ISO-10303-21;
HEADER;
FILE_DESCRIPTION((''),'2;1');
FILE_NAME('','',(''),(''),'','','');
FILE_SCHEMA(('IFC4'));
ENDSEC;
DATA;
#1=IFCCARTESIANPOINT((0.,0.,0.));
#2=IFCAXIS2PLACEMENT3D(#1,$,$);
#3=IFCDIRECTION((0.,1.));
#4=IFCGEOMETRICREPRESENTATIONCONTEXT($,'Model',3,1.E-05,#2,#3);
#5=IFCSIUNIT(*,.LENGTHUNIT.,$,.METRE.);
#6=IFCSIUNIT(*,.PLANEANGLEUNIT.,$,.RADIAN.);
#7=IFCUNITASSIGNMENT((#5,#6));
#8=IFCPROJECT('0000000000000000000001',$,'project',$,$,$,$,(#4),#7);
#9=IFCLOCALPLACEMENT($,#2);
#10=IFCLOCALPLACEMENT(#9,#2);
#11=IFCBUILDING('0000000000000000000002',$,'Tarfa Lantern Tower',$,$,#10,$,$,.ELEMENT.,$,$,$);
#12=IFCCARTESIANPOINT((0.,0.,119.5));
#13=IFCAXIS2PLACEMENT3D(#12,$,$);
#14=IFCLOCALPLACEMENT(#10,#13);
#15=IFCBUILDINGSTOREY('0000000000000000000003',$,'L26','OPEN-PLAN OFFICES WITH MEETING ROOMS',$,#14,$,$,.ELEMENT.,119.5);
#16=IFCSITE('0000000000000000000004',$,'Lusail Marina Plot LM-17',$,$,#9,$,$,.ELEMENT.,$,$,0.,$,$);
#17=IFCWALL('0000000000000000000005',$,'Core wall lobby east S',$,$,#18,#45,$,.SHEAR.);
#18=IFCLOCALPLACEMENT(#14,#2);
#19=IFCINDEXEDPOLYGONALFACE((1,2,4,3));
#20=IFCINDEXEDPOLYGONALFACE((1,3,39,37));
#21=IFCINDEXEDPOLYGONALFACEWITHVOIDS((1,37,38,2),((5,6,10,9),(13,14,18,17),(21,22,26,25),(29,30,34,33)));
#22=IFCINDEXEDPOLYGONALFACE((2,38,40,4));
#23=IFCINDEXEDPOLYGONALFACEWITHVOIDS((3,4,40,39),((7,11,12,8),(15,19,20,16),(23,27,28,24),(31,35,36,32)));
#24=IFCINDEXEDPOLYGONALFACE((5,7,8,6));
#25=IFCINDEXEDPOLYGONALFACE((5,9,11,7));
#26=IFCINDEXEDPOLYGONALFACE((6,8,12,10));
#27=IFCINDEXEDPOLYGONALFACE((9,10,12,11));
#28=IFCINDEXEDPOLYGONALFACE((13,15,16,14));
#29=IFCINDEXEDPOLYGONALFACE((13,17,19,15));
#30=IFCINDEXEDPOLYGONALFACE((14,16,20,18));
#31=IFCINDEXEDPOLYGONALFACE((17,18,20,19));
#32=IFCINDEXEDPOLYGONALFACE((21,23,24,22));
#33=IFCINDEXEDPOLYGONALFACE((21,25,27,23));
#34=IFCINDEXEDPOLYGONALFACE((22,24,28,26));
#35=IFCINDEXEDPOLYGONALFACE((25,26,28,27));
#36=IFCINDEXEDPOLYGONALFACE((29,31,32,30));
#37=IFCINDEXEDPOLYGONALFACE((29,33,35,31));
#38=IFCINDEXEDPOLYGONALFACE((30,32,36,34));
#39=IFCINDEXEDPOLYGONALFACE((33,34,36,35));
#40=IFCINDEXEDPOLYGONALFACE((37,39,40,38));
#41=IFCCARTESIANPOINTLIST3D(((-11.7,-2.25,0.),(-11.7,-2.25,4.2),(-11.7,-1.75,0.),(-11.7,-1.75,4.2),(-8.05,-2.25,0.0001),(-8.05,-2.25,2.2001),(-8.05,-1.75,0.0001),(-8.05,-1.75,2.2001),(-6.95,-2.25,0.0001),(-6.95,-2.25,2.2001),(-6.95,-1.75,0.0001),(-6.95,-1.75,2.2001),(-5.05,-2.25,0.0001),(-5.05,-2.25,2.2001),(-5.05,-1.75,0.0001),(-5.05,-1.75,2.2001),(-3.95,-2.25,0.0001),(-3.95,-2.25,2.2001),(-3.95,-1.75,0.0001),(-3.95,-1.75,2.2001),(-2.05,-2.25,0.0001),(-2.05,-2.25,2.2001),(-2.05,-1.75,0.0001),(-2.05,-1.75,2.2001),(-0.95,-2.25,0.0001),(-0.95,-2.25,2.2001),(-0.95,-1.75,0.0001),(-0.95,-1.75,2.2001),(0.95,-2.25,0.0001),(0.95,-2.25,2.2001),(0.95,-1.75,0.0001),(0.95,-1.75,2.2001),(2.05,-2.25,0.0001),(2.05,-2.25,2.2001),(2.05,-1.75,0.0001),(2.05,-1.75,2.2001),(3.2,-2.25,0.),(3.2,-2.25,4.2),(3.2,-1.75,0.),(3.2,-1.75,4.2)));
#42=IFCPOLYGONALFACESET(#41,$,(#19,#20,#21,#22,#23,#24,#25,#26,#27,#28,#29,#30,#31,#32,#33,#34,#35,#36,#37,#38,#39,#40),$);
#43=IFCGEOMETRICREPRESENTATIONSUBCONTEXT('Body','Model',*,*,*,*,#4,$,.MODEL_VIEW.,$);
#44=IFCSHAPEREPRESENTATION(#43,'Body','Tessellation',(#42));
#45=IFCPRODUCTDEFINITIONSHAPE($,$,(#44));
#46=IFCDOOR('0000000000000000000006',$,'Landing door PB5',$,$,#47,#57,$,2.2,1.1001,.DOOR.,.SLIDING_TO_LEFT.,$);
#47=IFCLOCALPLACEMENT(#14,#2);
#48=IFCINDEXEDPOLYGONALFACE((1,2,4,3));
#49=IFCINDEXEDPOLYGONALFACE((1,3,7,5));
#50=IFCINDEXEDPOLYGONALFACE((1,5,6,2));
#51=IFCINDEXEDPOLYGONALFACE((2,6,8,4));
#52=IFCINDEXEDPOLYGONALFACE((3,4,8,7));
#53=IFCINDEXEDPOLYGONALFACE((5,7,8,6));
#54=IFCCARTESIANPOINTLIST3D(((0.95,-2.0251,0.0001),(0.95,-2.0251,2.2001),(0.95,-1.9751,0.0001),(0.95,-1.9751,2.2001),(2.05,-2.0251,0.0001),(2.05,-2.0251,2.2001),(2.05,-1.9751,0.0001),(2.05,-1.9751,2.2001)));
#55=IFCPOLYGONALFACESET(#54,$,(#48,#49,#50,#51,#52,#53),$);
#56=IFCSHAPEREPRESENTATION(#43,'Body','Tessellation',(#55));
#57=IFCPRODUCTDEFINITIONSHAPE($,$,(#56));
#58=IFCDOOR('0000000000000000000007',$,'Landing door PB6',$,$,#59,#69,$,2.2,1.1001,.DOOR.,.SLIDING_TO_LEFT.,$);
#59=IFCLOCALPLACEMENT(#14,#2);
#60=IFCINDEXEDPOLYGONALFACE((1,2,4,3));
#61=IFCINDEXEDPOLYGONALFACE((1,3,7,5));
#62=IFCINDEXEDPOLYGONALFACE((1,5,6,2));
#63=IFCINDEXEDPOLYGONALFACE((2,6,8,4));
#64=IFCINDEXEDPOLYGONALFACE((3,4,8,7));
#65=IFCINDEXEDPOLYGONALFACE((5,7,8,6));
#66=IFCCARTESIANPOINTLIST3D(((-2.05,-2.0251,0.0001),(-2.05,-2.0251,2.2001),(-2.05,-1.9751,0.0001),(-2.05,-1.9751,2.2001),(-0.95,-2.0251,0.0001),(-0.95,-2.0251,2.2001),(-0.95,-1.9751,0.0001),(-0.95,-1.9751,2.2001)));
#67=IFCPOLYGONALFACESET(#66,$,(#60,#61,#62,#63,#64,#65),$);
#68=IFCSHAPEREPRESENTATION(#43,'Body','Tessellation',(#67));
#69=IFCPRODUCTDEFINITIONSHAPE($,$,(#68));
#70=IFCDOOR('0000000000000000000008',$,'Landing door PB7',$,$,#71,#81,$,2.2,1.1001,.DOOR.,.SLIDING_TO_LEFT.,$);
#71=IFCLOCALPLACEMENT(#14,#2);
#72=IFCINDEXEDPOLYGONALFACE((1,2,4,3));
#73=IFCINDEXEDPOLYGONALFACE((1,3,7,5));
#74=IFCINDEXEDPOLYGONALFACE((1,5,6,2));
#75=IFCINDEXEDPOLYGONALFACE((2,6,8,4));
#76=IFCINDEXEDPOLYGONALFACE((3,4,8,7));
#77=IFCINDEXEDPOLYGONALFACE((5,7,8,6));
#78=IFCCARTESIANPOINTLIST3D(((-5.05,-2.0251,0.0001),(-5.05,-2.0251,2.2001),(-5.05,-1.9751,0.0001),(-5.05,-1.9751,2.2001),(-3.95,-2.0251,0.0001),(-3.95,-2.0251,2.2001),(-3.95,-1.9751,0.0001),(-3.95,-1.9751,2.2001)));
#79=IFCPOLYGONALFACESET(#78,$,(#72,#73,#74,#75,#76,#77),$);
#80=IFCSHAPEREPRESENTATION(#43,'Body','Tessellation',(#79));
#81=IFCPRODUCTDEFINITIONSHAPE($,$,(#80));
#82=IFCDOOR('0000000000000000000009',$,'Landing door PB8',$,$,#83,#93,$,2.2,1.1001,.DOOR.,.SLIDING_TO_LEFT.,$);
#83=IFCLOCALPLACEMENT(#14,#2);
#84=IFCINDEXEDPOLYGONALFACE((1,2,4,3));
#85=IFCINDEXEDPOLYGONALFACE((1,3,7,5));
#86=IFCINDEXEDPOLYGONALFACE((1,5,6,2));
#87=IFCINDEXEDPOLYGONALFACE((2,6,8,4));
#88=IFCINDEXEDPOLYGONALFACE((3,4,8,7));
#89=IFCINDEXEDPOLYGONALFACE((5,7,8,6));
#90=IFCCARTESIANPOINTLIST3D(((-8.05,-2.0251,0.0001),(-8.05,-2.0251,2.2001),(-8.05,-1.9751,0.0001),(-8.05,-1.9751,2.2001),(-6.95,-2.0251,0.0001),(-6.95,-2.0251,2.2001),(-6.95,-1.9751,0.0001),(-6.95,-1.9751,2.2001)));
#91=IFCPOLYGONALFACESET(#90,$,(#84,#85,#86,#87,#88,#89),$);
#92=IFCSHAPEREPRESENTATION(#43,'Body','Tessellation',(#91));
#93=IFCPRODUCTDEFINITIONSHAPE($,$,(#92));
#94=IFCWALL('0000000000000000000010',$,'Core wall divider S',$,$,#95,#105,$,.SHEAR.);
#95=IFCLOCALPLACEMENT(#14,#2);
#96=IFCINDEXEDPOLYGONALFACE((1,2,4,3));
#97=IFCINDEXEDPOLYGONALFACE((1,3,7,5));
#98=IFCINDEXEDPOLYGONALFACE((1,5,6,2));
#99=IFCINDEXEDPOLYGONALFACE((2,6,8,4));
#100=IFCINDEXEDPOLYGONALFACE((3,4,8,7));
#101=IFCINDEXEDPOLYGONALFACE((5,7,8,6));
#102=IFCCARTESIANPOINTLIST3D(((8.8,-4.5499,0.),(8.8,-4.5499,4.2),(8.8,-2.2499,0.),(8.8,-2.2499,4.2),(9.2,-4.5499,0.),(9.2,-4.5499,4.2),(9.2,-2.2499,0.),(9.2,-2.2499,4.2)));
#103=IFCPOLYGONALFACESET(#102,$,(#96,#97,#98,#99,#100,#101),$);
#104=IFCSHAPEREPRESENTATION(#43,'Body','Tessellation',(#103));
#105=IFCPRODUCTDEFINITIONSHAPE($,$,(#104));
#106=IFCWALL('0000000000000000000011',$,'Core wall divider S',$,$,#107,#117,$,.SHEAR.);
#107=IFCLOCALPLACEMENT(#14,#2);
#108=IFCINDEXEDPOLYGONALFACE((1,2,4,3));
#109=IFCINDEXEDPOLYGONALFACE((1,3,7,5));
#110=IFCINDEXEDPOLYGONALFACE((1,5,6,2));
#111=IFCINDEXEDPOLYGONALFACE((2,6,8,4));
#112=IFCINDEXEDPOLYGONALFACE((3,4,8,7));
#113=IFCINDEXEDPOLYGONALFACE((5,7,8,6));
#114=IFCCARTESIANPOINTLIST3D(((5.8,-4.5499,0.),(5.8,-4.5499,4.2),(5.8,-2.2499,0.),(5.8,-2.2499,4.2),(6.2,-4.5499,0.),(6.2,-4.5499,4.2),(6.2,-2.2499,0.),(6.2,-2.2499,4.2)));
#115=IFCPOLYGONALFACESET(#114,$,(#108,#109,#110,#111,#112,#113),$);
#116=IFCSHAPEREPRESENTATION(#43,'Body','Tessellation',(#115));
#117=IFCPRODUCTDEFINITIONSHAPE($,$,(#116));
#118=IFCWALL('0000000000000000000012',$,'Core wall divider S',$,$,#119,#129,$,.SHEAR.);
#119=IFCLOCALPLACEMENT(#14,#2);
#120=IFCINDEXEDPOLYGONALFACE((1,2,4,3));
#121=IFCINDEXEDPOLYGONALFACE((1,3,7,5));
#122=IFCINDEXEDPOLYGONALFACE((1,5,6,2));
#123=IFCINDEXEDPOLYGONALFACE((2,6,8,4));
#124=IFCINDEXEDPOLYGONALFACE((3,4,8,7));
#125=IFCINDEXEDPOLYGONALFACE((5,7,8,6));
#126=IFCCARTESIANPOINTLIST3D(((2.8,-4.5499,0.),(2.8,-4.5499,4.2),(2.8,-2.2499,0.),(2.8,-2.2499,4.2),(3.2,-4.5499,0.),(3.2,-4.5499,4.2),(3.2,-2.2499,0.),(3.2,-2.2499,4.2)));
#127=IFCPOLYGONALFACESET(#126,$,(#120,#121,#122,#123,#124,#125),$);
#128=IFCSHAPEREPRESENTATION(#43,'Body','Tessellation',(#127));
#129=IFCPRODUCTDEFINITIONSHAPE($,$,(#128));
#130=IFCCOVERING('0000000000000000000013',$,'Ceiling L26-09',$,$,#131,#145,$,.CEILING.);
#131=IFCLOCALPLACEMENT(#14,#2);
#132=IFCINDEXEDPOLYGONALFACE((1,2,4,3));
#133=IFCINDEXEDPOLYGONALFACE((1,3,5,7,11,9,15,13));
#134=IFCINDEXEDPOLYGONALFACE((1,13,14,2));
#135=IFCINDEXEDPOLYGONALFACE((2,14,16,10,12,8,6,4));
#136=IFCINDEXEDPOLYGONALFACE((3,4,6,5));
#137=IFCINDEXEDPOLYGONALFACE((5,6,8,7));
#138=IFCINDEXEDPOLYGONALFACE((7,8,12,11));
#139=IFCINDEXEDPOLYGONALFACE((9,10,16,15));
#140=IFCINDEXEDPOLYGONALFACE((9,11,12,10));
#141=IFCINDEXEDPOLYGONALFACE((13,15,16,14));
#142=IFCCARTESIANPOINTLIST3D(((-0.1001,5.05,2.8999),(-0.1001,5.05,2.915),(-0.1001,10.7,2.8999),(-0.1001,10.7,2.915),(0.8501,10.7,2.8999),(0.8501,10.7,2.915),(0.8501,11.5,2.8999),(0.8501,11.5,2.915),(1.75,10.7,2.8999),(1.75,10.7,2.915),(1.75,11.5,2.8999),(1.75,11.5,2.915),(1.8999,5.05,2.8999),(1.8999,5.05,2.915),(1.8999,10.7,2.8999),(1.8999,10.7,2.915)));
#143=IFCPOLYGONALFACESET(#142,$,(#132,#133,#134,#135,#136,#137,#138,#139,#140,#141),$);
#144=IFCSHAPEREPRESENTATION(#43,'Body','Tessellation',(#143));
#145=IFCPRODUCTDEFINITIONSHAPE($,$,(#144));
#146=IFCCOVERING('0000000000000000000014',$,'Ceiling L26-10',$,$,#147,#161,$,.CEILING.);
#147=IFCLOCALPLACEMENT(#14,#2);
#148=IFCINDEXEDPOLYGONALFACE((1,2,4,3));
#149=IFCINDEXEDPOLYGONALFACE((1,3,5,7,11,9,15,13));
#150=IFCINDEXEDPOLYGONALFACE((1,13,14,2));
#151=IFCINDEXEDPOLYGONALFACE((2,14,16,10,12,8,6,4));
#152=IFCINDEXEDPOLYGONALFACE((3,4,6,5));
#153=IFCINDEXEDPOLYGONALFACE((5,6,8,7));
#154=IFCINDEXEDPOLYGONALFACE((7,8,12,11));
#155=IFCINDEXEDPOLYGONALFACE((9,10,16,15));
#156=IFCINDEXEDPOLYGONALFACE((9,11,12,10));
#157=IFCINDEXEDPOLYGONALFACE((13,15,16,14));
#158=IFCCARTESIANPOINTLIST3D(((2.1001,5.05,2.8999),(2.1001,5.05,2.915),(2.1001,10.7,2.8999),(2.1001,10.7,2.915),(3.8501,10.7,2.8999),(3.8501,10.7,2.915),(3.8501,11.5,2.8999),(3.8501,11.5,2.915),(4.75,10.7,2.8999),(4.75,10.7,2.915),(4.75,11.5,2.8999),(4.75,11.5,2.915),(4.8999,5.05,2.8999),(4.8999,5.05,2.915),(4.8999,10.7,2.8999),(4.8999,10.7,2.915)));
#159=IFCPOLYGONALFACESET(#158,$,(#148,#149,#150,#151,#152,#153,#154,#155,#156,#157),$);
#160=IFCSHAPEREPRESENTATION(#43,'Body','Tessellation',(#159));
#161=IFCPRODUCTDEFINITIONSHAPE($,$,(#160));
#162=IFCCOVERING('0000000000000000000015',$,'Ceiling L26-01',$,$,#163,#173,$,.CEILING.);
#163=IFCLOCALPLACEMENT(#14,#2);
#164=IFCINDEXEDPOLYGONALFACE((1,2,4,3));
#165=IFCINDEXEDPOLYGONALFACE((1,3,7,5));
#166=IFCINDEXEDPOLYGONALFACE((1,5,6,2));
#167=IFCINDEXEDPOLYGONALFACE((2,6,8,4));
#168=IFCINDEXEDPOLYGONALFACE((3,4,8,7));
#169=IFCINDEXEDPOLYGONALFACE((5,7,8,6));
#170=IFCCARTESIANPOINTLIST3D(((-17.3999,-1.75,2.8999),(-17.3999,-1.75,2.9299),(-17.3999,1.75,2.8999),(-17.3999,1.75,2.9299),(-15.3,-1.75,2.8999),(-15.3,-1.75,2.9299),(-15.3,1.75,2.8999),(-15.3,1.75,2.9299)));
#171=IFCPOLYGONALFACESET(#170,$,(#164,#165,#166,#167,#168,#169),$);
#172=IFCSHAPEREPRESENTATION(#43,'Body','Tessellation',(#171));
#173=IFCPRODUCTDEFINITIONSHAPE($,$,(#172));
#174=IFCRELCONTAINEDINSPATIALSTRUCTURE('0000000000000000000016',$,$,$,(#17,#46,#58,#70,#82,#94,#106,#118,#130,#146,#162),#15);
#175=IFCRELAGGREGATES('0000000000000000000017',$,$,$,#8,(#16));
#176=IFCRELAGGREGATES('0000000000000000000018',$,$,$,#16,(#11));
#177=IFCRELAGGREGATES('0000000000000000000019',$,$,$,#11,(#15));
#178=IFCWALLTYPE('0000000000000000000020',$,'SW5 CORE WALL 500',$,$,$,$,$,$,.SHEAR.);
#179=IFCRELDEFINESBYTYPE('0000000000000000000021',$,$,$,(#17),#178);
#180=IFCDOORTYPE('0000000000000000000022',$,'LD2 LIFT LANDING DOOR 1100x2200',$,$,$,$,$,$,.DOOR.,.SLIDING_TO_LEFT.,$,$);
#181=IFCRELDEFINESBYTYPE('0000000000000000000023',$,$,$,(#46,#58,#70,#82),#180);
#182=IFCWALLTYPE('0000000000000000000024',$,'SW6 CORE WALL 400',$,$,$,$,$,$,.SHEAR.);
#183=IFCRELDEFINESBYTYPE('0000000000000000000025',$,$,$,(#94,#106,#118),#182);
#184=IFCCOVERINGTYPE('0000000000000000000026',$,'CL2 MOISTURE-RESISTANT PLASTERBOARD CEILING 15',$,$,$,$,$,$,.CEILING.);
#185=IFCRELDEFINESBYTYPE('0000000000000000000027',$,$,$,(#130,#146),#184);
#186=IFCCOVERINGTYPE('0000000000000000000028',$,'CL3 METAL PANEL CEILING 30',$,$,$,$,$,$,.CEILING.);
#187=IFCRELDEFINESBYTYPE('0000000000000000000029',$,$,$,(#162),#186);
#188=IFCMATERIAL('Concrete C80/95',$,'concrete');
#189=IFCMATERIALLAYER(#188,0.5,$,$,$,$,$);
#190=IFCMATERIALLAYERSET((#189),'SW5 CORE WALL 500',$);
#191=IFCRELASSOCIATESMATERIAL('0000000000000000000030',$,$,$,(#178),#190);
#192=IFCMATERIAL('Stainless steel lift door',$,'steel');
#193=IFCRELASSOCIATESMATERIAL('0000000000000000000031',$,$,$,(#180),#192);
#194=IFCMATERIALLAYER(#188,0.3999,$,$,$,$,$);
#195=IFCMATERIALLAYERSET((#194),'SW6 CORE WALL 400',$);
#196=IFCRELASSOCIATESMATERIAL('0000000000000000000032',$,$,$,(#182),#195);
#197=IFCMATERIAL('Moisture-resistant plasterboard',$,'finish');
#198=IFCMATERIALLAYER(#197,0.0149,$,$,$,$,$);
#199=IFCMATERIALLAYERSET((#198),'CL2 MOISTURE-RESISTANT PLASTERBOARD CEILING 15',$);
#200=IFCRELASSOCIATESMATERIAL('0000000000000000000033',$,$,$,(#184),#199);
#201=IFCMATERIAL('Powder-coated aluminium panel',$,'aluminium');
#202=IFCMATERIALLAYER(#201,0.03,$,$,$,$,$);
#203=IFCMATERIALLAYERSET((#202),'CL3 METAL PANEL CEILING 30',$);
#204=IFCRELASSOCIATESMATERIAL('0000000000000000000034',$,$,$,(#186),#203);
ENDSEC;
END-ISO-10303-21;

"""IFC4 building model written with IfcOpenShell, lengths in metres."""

from ifc_helpers import new_model, si_unit, direction, frame, frame_2d, origin, place, context, subcontext, project, spatial, polyline, rectangle, outline, extrude, material, layer, layer_set, type_object, element, fill, save


model = new_model("IFC4")

# Units and contexts
model_context = context("Model", 3, precision=1e-05, world=origin(), true_north=direction((0.0, 1.0)))
body_context = subcontext(model_context, "Body", "Model", "MODEL_VIEW")
ifc_project = project(units=[si_unit("LENGTHUNIT", "METRE"), si_unit("PLANEANGLEUNIT", "RADIAN")], contexts=[model_context])

# Site, building, storey
site_placement = place(None, origin())
site = spatial("IfcSite", under=ifc_project, at=site_placement, Name="Lusail Marina Plot LM-17", CompositionType="ELEMENT", RefElevation=0.0)
building_placement = place(site_placement, origin())
building = spatial("IfcBuilding", under=site, at=building_placement, Name="Tarfa Lantern Tower", CompositionType="ELEMENT")
storey_placement = place(building_placement, frame((0.0, 0.0, 119.5)))
storey = spatial("IfcBuildingStorey", under=building, at=storey_placement, Name="L26", Description="OPEN-PLAN OFFICES WITH MEETING ROOMS", CompositionType="ELEMENT", Elevation=119.5)

# Shared definitions
ifc_material_1 = material(Name="Concrete C80/95", Category="concrete")

# Wall, openings, doors
ifc_layer_1 = layer(ifc_material_1, 0.5)
ifc_layer_set_1 = layer_set([ifc_layer_1], Name="SW5 CORE WALL 500")
wall_type_1 = type_object("IfcWallType", Name="SW5 CORE WALL 500", PredefinedType="SHEAR", material=ifc_layer_set_1)
wall_1_placement = place(storey_placement, frame((3.2, -2.0, 0.0), z_axis=(0.0, 0.0, 1.0), x_axis=(-1.0, 0.0, 0.0)))
wall_1 = element("IfcWall", 1, at=wall_1_placement, inside=storey, type_object=wall_type_1, Name="Core wall lobby east S", PredefinedType="SHEAR", context=body_context, shape_type="SweptSolid", body=[
    extrude(rectangle(XDim=14.8999, YDim=0.5, at=frame_2d((7.45, 0.0))), origin(), (0.0, 0.0, 1.0), 4.2),
])
opening_1_placement = place(wall_1_placement, frame((1.1499, 0.0, 0.0)))
opening_1 = element("IfcOpeningElement", 2, at=opening_1_placement, cuts=wall_1, PredefinedType="OPENING", context=body_context, shape_type="SweptSolid", body=[
    extrude(rectangle(XDim=1.1001, YDim=2.2, at=frame_2d((0.55, 1.1001))), frame((0.0, 0.26, 0.0), z_axis=(0.0, -1.0, 0.0), x_axis=(1.0, 0.0, 0.0)), (0.0, 0.0, 1.0), 0.52),
])
opening_2_placement = place(wall_1_placement, frame((4.1499, 0.0, 0.0)))
opening_2 = element("IfcOpeningElement", 3, at=opening_2_placement, cuts=wall_1, PredefinedType="OPENING", context=body_context, shape_type="SweptSolid", body=[
    extrude(rectangle(XDim=1.1001, YDim=2.2, at=frame_2d((0.55, 1.1001))), frame((0.0, 0.26, 0.0), z_axis=(0.0, -1.0, 0.0), x_axis=(1.0, 0.0, 0.0)), (0.0, 0.0, 1.0), 0.52),
])
opening_3_placement = place(wall_1_placement, frame((7.1499, 0.0, 0.0)))
opening_3 = element("IfcOpeningElement", 4, at=opening_3_placement, cuts=wall_1, PredefinedType="OPENING", context=body_context, shape_type="SweptSolid", body=[
    extrude(rectangle(XDim=1.1001, YDim=2.2, at=frame_2d((0.55, 1.1001))), frame((0.0, 0.26, 0.0), z_axis=(0.0, -1.0, 0.0), x_axis=(1.0, 0.0, 0.0)), (0.0, 0.0, 1.0), 0.52),
])
opening_4_placement = place(wall_1_placement, frame((10.1499, 0.0, 0.0)))
opening_4 = element("IfcOpeningElement", 5, at=opening_4_placement, cuts=wall_1, PredefinedType="OPENING", context=body_context, shape_type="SweptSolid", body=[
    extrude(rectangle(XDim=1.1001, YDim=2.2, at=frame_2d((0.55, 1.1001))), frame((0.0, 0.26, 0.0), z_axis=(0.0, -1.0, 0.0), x_axis=(1.0, 0.0, 0.0)), (0.0, 0.0, 1.0), 0.52),
])
ifc_material_2 = material(Name="Stainless steel lift door", Category="steel")
door_type_1 = type_object("IfcDoorType", Name="LD2 LIFT LANDING DOOR 1100x2200", OperationType="SLIDING_TO_LEFT", PredefinedType="DOOR", material=ifc_material_2)
door_1_placement = place(opening_1_placement, frame((1.1001, 0.0, 0.0), z_axis=(0.0, 0.0, 1.0), x_axis=(-1.0, 0.0, 0.0)))
door_1 = element("IfcDoor", 6, at=door_1_placement, inside=storey, type_object=door_type_1, Name="Landing door PB5", OperationType="SLIDING_TO_LEFT", OverallHeight=2.2, OverallWidth=1.1001, PredefinedType="DOOR", context=body_context, shape_type="SweptSolid", body=[
    extrude(rectangle(XDim=1.1001, YDim=2.2, at=frame_2d((0.55, 1.1001))), frame((0.0, 0.0249, 0.0), z_axis=(0.0, -1.0, 0.0), x_axis=(1.0, 0.0, 0.0)), (0.0, 0.0, 1.0), 0.05),
])
fill(opening_1, door_1)
door_2_placement = place(opening_2_placement, frame((1.1001, 0.0, 0.0), z_axis=(0.0, 0.0, 1.0), x_axis=(-1.0, 0.0, 0.0)))
door_2 = element("IfcDoor", 7, at=door_2_placement, inside=storey, type_object=door_type_1, Name="Landing door PB6", OperationType="SLIDING_TO_LEFT", OverallHeight=2.2, OverallWidth=1.1001, PredefinedType="DOOR", context=body_context, shape_type="SweptSolid", body=[
    extrude(rectangle(XDim=1.1001, YDim=2.2, at=frame_2d((0.55, 1.1001))), frame((0.0, 0.0249, 0.0), z_axis=(0.0, -1.0, 0.0), x_axis=(1.0, 0.0, 0.0)), (0.0, 0.0, 1.0), 0.05),
])
fill(opening_2, door_2)
door_3_placement = place(opening_3_placement, frame((1.1001, 0.0, 0.0), z_axis=(0.0, 0.0, 1.0), x_axis=(-1.0, 0.0, 0.0)))
door_3 = element("IfcDoor", 8, at=door_3_placement, inside=storey, type_object=door_type_1, Name="Landing door PB7", OperationType="SLIDING_TO_LEFT", OverallHeight=2.2, OverallWidth=1.1001, PredefinedType="DOOR", context=body_context, shape_type="SweptSolid", body=[
    extrude(rectangle(XDim=1.1001, YDim=2.2, at=frame_2d((0.55, 1.1001))), frame((0.0, 0.0249, 0.0), z_axis=(0.0, -1.0, 0.0), x_axis=(1.0, 0.0, 0.0)), (0.0, 0.0, 1.0), 0.05),
])
fill(opening_3, door_3)
door_4_placement = place(opening_4_placement, frame((1.1001, 0.0, 0.0), z_axis=(0.0, 0.0, 1.0), x_axis=(-1.0, 0.0, 0.0)))
door_4 = element("IfcDoor", 9, at=door_4_placement, inside=storey, type_object=door_type_1, Name="Landing door PB8", OperationType="SLIDING_TO_LEFT", OverallHeight=2.2, OverallWidth=1.1001, PredefinedType="DOOR", context=body_context, shape_type="SweptSolid", body=[
    extrude(rectangle(XDim=1.1001, YDim=2.2, at=frame_2d((0.55, 1.1001))), frame((0.0, 0.0249, 0.0), z_axis=(0.0, -1.0, 0.0), x_axis=(1.0, 0.0, 0.0)), (0.0, 0.0, 1.0), 0.05),
])
fill(opening_4, door_4)

# Walls
ifc_layer_2 = layer(ifc_material_1, 0.3999)
ifc_layer_set_2 = layer_set([ifc_layer_2], Name="SW6 CORE WALL 400")
wall_type_2 = type_object("IfcWallType", Name="SW6 CORE WALL 400", PredefinedType="SHEAR", material=ifc_layer_set_2)
for number, where, z_axis, x_axis, name in (
    (10, (9.0, -2.25, 0.0), (0.0, 0.0, 1.0), (0.0, -1.0, 0.0), "Core wall divider S"),
    (11, (6.0, -2.25, 0.0), (0.0, 0.0, 1.0), (0.0, -1.0, 0.0), "Core wall divider S"),
    (12, (3.0, -2.25, 0.0), (0.0, 0.0, 1.0), (0.0, -1.0, 0.0), "Core wall divider S"),
):
    element("IfcWall", number, at=place(storey_placement, frame(where, z_axis=z_axis, x_axis=x_axis)), inside=storey, type_object=wall_type_2, Name=name, PredefinedType="SHEAR", context=body_context, shape_type="SweptSolid", body=[
        extrude(rectangle(XDim=2.3, YDim=0.3999, at=frame_2d((1.1499, 0.0))), origin(), (0.0, 0.0, 1.0), 4.2),
    ])

# Coverings
ifc_material_3 = material(Name="Moisture-resistant plasterboard", Category="finish")
ifc_layer_3 = layer(ifc_material_3, 0.0149)
ifc_layer_set_3 = layer_set([ifc_layer_3], Name="CL2 MOISTURE-RESISTANT PLASTERBOARD CEILING 15")
covering_type_1 = type_object("IfcCoveringType", Name="CL2 MOISTURE-RESISTANT PLASTERBOARD CEILING 15", PredefinedType="CEILING", material=ifc_layer_set_3)
covering_1_placement = place(storey_placement, frame((0.0, 0.0, 2.8999)))
element("IfcCovering", 13, at=covering_1_placement, inside=storey, type_object=covering_type_1, Name="Ceiling L26-09", PredefinedType="CEILING", context=body_context, shape_type="SweptSolid", body=[
    extrude(outline(polyline([(0.8501, 10.7), (-0.1001, 10.7), (-0.1001, 5.05), (1.8999, 5.05), (1.8999, 10.7), (1.75, 10.7), (1.75, 11.5), (1.75, 11.5), (0.8501, 11.5), (0.8501, 10.7)])), origin(), (0.0, 0.0, 1.0), 0.0151),
])
covering_2_placement = place(storey_placement, frame((0.0, 0.0, 2.8999)))
element("IfcCovering", 14, at=covering_2_placement, inside=storey, type_object=covering_type_1, Name="Ceiling L26-10", PredefinedType="CEILING", context=body_context, shape_type="SweptSolid", body=[
    extrude(outline(polyline([(2.1001, 5.05), (4.8999, 5.05), (4.8999, 10.7), (4.75, 10.7), (4.75, 11.5), (3.8501, 11.5), (3.8501, 10.7), (2.1001, 10.7), (2.1001, 5.05)])), origin(), (0.0, 0.0, 1.0), 0.0151),
])
ifc_material_4 = material(Name="Powder-coated aluminium panel", Category="aluminium")
ifc_layer_4 = layer(ifc_material_4, 0.03)
ifc_layer_set_4 = layer_set([ifc_layer_4], Name="CL3 METAL PANEL CEILING 30")
covering_type_2 = type_object("IfcCoveringType", Name="CL3 METAL PANEL CEILING 30", PredefinedType="CEILING", material=ifc_layer_set_4)
covering_3_placement = place(storey_placement, frame((0.0, 0.0, 2.8999)))
element("IfcCovering", 15, at=covering_3_placement, inside=storey, type_object=covering_type_2, Name="Ceiling L26-01", PredefinedType="CEILING", context=body_context, shape_type="SweptSolid", body=[
    extrude(outline(polyline([(-17.3999, -1.75), (-15.3, -1.75), (-15.3, 1.75), (-17.3999, 1.75), (-17.3999, -1.75)])), origin(), (0.0, 0.0, 1.0), 0.03),
])

save(model, "model.ifc")
